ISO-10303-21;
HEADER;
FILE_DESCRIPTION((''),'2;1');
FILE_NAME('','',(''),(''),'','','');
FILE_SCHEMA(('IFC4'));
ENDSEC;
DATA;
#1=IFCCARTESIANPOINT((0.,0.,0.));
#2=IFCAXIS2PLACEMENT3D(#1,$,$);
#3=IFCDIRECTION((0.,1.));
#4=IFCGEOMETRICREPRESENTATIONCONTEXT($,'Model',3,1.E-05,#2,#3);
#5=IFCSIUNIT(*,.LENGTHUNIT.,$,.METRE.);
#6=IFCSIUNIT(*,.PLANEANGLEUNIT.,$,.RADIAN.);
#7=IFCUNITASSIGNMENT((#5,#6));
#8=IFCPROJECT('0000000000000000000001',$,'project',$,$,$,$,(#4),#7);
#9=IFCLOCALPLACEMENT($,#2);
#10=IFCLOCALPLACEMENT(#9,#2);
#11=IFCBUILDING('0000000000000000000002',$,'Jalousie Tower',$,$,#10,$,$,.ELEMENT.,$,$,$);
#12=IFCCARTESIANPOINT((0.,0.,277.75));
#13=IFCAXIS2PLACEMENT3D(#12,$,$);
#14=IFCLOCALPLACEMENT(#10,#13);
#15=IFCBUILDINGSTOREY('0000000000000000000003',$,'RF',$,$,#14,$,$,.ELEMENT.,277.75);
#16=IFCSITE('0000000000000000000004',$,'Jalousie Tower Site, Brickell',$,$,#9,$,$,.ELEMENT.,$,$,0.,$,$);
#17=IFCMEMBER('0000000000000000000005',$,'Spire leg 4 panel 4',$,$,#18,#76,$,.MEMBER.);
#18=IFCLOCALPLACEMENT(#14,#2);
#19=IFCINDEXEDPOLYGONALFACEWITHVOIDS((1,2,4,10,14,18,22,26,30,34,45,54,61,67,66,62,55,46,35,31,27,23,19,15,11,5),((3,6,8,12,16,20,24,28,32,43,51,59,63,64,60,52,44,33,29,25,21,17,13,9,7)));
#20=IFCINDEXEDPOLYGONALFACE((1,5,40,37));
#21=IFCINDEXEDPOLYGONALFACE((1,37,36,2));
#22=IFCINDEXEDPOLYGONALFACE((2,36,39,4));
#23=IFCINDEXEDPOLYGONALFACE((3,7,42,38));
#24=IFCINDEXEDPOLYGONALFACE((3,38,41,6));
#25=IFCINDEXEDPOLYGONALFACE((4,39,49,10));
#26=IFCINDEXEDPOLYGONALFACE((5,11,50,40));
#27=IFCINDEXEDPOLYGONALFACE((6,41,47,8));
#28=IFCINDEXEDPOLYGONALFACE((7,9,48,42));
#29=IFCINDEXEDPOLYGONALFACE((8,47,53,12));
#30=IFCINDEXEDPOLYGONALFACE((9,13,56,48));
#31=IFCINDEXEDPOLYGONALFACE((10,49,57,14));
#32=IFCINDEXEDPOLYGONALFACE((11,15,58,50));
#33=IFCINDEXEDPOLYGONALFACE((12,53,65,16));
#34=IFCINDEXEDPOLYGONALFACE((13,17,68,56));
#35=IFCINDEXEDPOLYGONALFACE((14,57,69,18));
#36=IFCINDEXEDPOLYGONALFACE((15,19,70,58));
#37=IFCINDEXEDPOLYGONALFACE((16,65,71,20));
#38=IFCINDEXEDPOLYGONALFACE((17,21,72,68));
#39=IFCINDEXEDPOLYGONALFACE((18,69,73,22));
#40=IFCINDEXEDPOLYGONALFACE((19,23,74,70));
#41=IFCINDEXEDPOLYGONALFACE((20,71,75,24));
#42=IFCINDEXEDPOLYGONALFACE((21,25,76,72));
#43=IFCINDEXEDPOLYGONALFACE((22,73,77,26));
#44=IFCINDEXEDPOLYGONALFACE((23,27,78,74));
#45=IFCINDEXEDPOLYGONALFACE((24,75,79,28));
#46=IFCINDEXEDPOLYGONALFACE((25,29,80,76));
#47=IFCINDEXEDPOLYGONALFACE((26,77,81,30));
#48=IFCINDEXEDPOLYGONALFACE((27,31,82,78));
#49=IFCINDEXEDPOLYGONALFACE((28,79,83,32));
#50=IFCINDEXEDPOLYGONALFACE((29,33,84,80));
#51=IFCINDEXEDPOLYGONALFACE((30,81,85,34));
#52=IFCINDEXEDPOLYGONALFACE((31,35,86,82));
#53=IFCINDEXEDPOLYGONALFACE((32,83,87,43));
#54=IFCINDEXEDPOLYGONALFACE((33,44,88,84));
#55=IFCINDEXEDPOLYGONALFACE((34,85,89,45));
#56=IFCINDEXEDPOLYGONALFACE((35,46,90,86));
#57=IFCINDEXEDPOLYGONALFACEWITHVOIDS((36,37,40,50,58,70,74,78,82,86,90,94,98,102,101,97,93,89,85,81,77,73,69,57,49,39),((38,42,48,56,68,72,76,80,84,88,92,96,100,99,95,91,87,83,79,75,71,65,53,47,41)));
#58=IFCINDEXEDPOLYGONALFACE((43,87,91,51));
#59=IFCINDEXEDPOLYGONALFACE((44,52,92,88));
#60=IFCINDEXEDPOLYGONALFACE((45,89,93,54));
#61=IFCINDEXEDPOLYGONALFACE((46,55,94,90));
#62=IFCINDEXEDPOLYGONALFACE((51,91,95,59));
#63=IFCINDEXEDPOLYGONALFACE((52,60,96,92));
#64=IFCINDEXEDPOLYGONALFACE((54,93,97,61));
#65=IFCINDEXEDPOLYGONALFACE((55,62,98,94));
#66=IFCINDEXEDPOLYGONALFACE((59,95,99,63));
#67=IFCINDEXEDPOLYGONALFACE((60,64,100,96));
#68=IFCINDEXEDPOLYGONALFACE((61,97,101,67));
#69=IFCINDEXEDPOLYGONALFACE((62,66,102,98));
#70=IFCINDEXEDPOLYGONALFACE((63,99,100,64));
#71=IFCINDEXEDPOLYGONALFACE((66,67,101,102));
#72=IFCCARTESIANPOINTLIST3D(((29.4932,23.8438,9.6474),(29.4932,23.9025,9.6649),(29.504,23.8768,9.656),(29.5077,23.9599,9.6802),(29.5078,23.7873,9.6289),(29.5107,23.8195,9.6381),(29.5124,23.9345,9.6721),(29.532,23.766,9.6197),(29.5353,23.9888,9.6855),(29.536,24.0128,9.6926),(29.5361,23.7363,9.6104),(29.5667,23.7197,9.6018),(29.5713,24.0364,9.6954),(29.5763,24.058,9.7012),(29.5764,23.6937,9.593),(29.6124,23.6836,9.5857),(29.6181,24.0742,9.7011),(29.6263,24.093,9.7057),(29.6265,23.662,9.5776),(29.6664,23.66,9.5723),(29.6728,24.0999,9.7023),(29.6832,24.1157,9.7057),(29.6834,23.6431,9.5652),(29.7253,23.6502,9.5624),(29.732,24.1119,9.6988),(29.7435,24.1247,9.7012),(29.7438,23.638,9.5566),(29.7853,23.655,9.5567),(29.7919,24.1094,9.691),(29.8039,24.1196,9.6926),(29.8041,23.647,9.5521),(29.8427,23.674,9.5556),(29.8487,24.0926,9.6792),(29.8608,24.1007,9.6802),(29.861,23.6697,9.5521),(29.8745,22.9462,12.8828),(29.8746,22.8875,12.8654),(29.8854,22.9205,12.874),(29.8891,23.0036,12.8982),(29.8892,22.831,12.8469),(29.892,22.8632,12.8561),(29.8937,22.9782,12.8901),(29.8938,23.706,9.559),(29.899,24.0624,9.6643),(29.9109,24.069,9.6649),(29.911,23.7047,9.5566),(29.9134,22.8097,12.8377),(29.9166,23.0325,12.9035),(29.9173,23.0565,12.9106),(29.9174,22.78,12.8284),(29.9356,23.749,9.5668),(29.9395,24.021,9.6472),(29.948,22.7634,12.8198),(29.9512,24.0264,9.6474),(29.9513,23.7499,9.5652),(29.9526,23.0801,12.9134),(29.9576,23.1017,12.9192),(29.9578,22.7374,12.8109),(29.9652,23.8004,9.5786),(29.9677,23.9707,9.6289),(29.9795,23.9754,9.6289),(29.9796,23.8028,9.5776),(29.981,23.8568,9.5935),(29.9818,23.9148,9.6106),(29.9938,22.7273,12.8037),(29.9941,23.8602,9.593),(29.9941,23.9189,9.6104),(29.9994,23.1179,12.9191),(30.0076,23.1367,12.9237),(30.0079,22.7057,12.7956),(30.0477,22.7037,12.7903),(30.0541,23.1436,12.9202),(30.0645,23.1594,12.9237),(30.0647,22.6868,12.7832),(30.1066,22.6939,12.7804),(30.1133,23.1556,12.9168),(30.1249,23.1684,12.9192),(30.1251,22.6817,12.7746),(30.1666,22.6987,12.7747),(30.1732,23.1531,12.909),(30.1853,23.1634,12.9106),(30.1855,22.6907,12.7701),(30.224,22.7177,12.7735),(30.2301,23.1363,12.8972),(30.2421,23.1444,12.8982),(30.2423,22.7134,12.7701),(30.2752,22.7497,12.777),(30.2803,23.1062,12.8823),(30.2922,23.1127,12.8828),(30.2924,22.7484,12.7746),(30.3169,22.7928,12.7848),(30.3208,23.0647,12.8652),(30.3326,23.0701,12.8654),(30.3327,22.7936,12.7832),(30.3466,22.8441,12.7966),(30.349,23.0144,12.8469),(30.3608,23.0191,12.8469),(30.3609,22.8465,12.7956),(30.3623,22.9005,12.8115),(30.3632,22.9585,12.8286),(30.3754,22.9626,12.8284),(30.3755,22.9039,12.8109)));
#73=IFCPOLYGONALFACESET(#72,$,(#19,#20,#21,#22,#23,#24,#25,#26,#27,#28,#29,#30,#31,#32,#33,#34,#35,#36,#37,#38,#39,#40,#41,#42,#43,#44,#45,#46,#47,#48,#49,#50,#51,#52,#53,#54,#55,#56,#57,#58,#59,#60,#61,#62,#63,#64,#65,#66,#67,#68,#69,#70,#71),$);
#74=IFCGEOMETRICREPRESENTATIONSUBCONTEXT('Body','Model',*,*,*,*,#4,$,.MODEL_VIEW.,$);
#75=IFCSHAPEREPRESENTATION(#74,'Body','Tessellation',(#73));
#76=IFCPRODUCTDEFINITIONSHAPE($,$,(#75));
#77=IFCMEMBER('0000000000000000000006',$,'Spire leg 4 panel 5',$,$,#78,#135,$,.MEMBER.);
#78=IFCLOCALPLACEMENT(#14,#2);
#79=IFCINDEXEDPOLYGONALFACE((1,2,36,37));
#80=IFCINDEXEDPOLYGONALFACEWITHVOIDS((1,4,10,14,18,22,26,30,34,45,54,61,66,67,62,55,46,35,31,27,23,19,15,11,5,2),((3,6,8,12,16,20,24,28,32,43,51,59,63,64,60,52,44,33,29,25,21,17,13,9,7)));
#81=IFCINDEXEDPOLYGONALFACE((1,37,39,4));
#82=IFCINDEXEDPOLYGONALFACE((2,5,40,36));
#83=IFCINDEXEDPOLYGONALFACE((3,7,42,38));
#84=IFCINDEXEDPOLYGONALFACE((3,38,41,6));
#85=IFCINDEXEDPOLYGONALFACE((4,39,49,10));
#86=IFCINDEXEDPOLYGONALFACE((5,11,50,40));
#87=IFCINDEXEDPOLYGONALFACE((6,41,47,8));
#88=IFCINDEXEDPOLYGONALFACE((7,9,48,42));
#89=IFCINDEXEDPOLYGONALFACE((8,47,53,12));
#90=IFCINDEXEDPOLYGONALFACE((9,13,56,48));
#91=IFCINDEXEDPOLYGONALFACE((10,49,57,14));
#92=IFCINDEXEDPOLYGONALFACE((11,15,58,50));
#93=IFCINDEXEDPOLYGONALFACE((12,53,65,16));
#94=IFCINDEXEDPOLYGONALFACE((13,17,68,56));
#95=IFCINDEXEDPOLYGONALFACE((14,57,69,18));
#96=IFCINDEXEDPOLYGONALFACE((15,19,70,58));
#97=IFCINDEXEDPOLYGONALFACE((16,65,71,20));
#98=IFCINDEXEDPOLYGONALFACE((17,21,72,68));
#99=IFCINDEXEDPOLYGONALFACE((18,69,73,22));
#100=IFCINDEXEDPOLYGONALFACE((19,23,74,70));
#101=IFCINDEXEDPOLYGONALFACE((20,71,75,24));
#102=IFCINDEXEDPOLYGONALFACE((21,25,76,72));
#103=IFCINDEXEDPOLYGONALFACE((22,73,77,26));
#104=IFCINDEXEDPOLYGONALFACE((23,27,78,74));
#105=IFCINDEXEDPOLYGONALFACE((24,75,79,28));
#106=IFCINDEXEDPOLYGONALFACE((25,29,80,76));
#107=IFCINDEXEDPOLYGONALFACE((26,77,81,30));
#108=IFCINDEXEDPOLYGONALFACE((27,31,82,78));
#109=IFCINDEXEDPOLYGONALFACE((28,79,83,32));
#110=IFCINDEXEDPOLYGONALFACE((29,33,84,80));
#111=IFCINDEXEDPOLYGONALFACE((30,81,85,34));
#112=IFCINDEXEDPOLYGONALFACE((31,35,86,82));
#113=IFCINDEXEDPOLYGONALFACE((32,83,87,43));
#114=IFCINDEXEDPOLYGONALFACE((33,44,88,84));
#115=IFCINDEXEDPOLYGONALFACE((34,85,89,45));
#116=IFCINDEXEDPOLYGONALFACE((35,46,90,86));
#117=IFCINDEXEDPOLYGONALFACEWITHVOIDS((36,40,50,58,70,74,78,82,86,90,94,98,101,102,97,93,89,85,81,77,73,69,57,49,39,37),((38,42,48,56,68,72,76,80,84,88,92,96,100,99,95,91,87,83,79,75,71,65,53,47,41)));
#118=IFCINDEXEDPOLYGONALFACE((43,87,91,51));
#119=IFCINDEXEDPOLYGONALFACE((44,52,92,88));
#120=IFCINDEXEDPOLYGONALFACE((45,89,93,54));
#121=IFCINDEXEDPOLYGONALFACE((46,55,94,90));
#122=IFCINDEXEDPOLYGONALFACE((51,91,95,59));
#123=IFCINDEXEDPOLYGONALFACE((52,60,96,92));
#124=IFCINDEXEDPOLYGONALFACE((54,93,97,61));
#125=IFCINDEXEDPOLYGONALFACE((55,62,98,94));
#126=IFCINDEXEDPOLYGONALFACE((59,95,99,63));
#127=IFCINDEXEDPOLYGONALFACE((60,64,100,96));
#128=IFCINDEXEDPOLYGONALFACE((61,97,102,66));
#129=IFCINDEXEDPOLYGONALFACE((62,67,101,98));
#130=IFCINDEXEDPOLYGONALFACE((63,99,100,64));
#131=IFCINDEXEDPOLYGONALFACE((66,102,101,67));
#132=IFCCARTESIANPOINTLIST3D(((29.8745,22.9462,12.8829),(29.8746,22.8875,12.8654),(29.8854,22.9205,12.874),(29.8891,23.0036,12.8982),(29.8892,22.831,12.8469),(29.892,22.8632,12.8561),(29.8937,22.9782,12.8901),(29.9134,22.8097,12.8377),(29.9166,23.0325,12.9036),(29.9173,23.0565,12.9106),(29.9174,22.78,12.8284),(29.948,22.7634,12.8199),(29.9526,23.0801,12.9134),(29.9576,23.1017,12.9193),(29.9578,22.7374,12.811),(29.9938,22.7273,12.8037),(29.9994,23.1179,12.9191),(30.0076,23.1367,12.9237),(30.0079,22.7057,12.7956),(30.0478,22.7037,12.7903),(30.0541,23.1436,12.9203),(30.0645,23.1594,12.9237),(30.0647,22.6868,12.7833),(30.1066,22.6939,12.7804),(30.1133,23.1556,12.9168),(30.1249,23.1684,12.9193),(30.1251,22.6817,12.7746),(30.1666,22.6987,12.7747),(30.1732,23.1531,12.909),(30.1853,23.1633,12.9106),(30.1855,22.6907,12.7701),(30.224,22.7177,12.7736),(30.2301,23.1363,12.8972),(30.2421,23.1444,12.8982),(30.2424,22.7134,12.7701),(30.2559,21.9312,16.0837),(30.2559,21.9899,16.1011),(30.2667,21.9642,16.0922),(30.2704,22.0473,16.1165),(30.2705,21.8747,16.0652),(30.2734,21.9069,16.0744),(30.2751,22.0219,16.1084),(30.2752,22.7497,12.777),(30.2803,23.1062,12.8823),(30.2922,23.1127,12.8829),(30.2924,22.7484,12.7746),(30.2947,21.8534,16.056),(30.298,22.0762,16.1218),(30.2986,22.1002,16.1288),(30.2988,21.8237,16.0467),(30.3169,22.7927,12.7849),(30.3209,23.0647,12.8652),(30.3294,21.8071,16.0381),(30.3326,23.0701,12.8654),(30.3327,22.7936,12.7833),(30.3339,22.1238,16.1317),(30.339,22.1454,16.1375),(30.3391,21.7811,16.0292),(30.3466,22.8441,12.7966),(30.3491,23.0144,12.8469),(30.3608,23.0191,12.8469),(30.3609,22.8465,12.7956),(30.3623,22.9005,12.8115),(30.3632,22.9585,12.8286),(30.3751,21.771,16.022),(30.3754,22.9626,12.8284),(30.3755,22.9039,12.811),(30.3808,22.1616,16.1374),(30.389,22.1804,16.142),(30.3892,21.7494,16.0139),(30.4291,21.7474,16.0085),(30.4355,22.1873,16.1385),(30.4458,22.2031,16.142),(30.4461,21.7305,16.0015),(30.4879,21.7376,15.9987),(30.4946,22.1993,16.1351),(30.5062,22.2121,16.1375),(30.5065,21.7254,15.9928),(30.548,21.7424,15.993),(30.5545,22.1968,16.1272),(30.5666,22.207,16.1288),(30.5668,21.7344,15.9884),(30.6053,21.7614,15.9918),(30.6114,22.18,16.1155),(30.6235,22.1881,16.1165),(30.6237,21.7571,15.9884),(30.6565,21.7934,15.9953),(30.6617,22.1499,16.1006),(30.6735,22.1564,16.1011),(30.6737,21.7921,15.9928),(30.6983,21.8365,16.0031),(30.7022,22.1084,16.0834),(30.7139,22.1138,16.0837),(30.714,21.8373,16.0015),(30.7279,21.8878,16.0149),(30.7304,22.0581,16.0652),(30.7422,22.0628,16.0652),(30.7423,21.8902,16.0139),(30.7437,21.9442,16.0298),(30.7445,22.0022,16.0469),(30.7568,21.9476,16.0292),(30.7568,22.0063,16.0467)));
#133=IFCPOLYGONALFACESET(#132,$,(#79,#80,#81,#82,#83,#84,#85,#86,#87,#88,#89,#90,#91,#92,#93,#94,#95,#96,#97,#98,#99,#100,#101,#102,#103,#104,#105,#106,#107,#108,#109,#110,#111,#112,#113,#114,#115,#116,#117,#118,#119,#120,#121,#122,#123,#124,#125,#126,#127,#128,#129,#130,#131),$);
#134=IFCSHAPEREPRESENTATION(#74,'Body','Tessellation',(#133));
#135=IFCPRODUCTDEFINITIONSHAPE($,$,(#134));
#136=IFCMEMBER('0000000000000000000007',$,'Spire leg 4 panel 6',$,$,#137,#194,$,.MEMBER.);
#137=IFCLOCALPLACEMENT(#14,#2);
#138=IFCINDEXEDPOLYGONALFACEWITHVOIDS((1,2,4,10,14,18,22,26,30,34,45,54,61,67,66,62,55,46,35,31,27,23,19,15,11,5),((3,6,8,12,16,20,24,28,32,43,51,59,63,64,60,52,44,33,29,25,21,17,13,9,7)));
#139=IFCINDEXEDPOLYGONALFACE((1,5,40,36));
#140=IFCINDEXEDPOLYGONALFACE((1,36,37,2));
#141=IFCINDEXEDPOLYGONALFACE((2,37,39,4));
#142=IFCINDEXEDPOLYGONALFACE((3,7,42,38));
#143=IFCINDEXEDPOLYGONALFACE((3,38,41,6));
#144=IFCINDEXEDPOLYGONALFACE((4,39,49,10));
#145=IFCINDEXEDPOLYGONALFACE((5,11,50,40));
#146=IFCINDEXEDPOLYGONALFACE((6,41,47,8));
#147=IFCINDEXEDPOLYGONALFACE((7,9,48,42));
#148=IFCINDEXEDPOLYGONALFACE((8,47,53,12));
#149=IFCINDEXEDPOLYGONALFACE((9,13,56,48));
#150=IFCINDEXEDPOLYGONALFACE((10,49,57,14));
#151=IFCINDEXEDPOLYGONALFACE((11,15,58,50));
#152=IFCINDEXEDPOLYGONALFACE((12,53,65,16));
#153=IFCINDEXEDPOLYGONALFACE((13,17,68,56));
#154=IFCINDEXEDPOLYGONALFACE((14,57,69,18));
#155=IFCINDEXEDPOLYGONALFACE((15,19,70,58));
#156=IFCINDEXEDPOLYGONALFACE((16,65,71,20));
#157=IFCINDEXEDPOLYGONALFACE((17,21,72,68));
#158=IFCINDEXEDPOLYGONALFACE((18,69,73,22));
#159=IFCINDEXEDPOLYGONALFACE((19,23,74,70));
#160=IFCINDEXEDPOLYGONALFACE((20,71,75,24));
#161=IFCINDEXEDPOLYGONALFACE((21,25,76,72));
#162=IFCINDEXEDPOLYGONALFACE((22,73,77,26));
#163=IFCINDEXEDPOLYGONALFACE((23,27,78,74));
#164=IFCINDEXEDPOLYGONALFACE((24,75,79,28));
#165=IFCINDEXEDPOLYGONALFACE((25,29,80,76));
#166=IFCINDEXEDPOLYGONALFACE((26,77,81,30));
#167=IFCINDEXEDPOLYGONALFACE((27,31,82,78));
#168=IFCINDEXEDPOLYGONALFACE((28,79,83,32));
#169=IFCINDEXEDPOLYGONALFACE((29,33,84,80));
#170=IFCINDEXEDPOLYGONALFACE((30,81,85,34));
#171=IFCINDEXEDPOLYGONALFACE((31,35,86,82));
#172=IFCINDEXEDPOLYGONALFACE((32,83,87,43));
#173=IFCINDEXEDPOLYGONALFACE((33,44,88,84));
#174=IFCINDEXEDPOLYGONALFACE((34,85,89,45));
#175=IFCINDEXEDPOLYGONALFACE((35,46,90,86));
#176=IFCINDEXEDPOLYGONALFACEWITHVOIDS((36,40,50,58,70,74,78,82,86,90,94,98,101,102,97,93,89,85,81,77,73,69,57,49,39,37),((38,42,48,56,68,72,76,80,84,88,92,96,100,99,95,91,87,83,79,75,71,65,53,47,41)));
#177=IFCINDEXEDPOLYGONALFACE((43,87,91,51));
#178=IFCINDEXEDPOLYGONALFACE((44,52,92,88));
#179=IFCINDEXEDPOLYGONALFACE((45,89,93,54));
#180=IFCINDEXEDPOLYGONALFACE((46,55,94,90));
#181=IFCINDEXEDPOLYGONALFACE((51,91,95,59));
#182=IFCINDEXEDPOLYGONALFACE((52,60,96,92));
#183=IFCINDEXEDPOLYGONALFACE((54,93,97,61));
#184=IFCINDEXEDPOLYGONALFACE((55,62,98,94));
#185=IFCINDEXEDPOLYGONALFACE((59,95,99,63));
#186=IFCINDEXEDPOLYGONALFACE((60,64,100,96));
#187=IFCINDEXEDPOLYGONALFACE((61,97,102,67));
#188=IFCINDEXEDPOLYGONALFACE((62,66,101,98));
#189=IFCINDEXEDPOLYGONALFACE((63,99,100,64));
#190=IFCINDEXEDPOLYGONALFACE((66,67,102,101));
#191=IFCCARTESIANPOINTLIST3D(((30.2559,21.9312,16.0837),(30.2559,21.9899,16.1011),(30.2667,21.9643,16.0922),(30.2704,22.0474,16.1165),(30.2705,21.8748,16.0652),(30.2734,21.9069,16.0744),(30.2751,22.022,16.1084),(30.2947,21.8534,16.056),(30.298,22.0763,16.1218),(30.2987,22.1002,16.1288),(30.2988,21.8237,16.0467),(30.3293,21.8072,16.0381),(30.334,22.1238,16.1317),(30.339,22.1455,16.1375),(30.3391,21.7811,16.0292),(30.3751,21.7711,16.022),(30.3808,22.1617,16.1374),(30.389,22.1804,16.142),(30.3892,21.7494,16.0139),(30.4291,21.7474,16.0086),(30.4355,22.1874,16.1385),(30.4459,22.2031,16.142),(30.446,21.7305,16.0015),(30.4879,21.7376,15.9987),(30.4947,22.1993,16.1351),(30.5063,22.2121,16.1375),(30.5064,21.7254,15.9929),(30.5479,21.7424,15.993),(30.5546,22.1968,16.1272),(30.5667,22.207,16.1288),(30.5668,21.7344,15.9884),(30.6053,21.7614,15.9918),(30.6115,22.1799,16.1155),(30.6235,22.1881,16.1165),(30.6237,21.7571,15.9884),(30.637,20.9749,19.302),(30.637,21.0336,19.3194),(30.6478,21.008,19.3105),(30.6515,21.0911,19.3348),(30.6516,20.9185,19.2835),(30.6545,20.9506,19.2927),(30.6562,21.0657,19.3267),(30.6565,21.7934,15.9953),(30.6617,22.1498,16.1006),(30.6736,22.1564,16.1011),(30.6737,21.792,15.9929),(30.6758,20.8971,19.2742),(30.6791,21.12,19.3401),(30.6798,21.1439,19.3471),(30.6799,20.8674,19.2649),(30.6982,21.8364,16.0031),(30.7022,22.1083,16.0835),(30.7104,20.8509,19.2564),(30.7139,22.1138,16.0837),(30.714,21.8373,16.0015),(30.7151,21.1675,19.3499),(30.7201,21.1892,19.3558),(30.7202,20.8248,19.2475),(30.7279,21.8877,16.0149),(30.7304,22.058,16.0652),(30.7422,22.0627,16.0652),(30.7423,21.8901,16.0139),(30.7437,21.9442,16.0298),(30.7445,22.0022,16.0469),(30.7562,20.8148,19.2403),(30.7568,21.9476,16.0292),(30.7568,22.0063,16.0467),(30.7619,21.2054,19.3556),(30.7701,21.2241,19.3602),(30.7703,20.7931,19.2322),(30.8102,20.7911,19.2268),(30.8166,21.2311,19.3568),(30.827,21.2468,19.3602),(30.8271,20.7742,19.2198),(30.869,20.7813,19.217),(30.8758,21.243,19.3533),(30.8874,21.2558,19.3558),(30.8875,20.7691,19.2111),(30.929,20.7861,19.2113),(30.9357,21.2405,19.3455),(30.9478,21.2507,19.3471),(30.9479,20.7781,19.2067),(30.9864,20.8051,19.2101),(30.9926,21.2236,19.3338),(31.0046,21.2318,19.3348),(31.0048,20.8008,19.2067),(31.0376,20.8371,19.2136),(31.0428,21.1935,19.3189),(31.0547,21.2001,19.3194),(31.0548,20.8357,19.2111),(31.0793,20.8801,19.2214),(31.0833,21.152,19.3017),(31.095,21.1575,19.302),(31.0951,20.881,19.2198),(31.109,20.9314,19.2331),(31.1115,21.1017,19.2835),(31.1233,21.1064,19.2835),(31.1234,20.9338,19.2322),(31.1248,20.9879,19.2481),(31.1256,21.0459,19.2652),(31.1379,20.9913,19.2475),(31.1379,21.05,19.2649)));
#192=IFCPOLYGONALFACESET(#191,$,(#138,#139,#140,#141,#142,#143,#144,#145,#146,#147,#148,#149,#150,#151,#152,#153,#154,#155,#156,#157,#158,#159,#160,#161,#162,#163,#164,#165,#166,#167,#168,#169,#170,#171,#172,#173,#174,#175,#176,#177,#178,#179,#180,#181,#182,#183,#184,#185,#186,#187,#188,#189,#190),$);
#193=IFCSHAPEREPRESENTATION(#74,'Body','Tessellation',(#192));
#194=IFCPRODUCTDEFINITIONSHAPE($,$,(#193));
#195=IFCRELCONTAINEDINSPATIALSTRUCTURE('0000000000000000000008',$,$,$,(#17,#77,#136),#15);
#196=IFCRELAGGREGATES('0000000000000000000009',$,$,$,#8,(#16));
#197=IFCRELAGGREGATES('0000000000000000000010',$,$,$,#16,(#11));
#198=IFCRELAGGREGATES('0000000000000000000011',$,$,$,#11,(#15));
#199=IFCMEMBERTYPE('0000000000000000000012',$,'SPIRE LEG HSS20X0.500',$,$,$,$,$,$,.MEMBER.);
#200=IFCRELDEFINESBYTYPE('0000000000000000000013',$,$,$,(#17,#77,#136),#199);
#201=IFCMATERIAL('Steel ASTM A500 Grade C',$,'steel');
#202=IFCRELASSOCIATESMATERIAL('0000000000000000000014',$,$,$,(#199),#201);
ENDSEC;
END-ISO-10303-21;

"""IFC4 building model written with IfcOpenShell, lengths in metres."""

from ifc_helpers import new_model, si_unit, direction, frame, origin, origin_2d, place, context, subcontext, project, spatial, hollow_circle, extrude, material, material_profile, profile_set, type_object, element, save


model = new_model("IFC4")

# Units and contexts
model_context = context("Model", 3, precision=1e-05, world=origin(), true_north=direction((0.0, 1.0)))
body_context = subcontext(model_context, "Body", "Model", "MODEL_VIEW")
ifc_project = project(units=[si_unit("LENGTHUNIT", "METRE"), si_unit("PLANEANGLEUNIT", "RADIAN")], contexts=[model_context])

# Site, building, storey
site_placement = place(None, origin())
site = spatial("IfcSite", under=ifc_project, at=site_placement, Name="Jalousie Tower Site, Brickell", CompositionType="ELEMENT", RefElevation=0.0)
building_placement = place(site_placement, origin())
building = spatial("IfcBuilding", under=site, at=building_placement, Name="Jalousie Tower", CompositionType="ELEMENT")
storey_placement = place(building_placement, frame((0.0, 0.0, 277.75)))
storey = spatial("IfcBuildingStorey", under=building, at=storey_placement, Name="RF", CompositionType="ELEMENT", Elevation=277.75)

# Members
ifc_material_1 = material(Name="Steel ASTM A500 Grade C", Category="steel")
ifc_material_profile_1 = material_profile(ifc_material_1, hollow_circle(Radius=0.2539, WallThickness=0.0127, at=origin_2d()), Name="HSS20X0.500")
ifc_profile_set_1 = profile_set([ifc_material_profile_1], Name="Steel ASTM A500 Grade C")
member_type_1 = type_object("IfcMemberType", Name="SPIRE LEG HSS20X0.500", PredefinedType="MEMBER", material=ifc_profile_set_1)
member_1_placement = place(storey_placement, frame((29.7437, 23.8813, 9.6289), z_axis=(0.112868, -0.283038, 0.952444), x_axis=(0.928869, 0.370409, 0.0)))
element("IfcMember", 1, at=member_1_placement, inside=storey, type_object=member_type_1, Name="Spire leg 4 panel 4", PredefinedType="MEMBER", context=body_context, shape_type="SweptSolid", body=[
    extrude(hollow_circle(Radius=0.2539, WallThickness=0.0127, at=origin_2d()), origin(), (0.0, 0.0, 1.0), 3.3787),
])
for number, where, z_axis, x_axis, name in (
    (2, (30.125, 22.925, 12.8469), (0.112861, -0.283019, 0.952451), (0.928869, 0.370409, 0.0), "Spire leg 4 panel 5"),
    (3, (30.5063, 21.9688, 16.0652), (0.112789, -0.283021, 0.952459), (0.92895, 0.370205, 0.0), "Spire leg 4 panel 6"),
):
    element("IfcMember", number, at=place(storey_placement, frame(where, z_axis=z_axis, x_axis=x_axis)), inside=storey, type_object=member_type_1, Name=name, PredefinedType="MEMBER", context=body_context, shape_type="SweptSolid", body=[
        extrude(hollow_circle(Radius=0.2539, WallThickness=0.0127, at=origin_2d()), origin(), (0.0, 0.0, 1.0), 3.3789),
    ])

save(model, "model.ifc")
